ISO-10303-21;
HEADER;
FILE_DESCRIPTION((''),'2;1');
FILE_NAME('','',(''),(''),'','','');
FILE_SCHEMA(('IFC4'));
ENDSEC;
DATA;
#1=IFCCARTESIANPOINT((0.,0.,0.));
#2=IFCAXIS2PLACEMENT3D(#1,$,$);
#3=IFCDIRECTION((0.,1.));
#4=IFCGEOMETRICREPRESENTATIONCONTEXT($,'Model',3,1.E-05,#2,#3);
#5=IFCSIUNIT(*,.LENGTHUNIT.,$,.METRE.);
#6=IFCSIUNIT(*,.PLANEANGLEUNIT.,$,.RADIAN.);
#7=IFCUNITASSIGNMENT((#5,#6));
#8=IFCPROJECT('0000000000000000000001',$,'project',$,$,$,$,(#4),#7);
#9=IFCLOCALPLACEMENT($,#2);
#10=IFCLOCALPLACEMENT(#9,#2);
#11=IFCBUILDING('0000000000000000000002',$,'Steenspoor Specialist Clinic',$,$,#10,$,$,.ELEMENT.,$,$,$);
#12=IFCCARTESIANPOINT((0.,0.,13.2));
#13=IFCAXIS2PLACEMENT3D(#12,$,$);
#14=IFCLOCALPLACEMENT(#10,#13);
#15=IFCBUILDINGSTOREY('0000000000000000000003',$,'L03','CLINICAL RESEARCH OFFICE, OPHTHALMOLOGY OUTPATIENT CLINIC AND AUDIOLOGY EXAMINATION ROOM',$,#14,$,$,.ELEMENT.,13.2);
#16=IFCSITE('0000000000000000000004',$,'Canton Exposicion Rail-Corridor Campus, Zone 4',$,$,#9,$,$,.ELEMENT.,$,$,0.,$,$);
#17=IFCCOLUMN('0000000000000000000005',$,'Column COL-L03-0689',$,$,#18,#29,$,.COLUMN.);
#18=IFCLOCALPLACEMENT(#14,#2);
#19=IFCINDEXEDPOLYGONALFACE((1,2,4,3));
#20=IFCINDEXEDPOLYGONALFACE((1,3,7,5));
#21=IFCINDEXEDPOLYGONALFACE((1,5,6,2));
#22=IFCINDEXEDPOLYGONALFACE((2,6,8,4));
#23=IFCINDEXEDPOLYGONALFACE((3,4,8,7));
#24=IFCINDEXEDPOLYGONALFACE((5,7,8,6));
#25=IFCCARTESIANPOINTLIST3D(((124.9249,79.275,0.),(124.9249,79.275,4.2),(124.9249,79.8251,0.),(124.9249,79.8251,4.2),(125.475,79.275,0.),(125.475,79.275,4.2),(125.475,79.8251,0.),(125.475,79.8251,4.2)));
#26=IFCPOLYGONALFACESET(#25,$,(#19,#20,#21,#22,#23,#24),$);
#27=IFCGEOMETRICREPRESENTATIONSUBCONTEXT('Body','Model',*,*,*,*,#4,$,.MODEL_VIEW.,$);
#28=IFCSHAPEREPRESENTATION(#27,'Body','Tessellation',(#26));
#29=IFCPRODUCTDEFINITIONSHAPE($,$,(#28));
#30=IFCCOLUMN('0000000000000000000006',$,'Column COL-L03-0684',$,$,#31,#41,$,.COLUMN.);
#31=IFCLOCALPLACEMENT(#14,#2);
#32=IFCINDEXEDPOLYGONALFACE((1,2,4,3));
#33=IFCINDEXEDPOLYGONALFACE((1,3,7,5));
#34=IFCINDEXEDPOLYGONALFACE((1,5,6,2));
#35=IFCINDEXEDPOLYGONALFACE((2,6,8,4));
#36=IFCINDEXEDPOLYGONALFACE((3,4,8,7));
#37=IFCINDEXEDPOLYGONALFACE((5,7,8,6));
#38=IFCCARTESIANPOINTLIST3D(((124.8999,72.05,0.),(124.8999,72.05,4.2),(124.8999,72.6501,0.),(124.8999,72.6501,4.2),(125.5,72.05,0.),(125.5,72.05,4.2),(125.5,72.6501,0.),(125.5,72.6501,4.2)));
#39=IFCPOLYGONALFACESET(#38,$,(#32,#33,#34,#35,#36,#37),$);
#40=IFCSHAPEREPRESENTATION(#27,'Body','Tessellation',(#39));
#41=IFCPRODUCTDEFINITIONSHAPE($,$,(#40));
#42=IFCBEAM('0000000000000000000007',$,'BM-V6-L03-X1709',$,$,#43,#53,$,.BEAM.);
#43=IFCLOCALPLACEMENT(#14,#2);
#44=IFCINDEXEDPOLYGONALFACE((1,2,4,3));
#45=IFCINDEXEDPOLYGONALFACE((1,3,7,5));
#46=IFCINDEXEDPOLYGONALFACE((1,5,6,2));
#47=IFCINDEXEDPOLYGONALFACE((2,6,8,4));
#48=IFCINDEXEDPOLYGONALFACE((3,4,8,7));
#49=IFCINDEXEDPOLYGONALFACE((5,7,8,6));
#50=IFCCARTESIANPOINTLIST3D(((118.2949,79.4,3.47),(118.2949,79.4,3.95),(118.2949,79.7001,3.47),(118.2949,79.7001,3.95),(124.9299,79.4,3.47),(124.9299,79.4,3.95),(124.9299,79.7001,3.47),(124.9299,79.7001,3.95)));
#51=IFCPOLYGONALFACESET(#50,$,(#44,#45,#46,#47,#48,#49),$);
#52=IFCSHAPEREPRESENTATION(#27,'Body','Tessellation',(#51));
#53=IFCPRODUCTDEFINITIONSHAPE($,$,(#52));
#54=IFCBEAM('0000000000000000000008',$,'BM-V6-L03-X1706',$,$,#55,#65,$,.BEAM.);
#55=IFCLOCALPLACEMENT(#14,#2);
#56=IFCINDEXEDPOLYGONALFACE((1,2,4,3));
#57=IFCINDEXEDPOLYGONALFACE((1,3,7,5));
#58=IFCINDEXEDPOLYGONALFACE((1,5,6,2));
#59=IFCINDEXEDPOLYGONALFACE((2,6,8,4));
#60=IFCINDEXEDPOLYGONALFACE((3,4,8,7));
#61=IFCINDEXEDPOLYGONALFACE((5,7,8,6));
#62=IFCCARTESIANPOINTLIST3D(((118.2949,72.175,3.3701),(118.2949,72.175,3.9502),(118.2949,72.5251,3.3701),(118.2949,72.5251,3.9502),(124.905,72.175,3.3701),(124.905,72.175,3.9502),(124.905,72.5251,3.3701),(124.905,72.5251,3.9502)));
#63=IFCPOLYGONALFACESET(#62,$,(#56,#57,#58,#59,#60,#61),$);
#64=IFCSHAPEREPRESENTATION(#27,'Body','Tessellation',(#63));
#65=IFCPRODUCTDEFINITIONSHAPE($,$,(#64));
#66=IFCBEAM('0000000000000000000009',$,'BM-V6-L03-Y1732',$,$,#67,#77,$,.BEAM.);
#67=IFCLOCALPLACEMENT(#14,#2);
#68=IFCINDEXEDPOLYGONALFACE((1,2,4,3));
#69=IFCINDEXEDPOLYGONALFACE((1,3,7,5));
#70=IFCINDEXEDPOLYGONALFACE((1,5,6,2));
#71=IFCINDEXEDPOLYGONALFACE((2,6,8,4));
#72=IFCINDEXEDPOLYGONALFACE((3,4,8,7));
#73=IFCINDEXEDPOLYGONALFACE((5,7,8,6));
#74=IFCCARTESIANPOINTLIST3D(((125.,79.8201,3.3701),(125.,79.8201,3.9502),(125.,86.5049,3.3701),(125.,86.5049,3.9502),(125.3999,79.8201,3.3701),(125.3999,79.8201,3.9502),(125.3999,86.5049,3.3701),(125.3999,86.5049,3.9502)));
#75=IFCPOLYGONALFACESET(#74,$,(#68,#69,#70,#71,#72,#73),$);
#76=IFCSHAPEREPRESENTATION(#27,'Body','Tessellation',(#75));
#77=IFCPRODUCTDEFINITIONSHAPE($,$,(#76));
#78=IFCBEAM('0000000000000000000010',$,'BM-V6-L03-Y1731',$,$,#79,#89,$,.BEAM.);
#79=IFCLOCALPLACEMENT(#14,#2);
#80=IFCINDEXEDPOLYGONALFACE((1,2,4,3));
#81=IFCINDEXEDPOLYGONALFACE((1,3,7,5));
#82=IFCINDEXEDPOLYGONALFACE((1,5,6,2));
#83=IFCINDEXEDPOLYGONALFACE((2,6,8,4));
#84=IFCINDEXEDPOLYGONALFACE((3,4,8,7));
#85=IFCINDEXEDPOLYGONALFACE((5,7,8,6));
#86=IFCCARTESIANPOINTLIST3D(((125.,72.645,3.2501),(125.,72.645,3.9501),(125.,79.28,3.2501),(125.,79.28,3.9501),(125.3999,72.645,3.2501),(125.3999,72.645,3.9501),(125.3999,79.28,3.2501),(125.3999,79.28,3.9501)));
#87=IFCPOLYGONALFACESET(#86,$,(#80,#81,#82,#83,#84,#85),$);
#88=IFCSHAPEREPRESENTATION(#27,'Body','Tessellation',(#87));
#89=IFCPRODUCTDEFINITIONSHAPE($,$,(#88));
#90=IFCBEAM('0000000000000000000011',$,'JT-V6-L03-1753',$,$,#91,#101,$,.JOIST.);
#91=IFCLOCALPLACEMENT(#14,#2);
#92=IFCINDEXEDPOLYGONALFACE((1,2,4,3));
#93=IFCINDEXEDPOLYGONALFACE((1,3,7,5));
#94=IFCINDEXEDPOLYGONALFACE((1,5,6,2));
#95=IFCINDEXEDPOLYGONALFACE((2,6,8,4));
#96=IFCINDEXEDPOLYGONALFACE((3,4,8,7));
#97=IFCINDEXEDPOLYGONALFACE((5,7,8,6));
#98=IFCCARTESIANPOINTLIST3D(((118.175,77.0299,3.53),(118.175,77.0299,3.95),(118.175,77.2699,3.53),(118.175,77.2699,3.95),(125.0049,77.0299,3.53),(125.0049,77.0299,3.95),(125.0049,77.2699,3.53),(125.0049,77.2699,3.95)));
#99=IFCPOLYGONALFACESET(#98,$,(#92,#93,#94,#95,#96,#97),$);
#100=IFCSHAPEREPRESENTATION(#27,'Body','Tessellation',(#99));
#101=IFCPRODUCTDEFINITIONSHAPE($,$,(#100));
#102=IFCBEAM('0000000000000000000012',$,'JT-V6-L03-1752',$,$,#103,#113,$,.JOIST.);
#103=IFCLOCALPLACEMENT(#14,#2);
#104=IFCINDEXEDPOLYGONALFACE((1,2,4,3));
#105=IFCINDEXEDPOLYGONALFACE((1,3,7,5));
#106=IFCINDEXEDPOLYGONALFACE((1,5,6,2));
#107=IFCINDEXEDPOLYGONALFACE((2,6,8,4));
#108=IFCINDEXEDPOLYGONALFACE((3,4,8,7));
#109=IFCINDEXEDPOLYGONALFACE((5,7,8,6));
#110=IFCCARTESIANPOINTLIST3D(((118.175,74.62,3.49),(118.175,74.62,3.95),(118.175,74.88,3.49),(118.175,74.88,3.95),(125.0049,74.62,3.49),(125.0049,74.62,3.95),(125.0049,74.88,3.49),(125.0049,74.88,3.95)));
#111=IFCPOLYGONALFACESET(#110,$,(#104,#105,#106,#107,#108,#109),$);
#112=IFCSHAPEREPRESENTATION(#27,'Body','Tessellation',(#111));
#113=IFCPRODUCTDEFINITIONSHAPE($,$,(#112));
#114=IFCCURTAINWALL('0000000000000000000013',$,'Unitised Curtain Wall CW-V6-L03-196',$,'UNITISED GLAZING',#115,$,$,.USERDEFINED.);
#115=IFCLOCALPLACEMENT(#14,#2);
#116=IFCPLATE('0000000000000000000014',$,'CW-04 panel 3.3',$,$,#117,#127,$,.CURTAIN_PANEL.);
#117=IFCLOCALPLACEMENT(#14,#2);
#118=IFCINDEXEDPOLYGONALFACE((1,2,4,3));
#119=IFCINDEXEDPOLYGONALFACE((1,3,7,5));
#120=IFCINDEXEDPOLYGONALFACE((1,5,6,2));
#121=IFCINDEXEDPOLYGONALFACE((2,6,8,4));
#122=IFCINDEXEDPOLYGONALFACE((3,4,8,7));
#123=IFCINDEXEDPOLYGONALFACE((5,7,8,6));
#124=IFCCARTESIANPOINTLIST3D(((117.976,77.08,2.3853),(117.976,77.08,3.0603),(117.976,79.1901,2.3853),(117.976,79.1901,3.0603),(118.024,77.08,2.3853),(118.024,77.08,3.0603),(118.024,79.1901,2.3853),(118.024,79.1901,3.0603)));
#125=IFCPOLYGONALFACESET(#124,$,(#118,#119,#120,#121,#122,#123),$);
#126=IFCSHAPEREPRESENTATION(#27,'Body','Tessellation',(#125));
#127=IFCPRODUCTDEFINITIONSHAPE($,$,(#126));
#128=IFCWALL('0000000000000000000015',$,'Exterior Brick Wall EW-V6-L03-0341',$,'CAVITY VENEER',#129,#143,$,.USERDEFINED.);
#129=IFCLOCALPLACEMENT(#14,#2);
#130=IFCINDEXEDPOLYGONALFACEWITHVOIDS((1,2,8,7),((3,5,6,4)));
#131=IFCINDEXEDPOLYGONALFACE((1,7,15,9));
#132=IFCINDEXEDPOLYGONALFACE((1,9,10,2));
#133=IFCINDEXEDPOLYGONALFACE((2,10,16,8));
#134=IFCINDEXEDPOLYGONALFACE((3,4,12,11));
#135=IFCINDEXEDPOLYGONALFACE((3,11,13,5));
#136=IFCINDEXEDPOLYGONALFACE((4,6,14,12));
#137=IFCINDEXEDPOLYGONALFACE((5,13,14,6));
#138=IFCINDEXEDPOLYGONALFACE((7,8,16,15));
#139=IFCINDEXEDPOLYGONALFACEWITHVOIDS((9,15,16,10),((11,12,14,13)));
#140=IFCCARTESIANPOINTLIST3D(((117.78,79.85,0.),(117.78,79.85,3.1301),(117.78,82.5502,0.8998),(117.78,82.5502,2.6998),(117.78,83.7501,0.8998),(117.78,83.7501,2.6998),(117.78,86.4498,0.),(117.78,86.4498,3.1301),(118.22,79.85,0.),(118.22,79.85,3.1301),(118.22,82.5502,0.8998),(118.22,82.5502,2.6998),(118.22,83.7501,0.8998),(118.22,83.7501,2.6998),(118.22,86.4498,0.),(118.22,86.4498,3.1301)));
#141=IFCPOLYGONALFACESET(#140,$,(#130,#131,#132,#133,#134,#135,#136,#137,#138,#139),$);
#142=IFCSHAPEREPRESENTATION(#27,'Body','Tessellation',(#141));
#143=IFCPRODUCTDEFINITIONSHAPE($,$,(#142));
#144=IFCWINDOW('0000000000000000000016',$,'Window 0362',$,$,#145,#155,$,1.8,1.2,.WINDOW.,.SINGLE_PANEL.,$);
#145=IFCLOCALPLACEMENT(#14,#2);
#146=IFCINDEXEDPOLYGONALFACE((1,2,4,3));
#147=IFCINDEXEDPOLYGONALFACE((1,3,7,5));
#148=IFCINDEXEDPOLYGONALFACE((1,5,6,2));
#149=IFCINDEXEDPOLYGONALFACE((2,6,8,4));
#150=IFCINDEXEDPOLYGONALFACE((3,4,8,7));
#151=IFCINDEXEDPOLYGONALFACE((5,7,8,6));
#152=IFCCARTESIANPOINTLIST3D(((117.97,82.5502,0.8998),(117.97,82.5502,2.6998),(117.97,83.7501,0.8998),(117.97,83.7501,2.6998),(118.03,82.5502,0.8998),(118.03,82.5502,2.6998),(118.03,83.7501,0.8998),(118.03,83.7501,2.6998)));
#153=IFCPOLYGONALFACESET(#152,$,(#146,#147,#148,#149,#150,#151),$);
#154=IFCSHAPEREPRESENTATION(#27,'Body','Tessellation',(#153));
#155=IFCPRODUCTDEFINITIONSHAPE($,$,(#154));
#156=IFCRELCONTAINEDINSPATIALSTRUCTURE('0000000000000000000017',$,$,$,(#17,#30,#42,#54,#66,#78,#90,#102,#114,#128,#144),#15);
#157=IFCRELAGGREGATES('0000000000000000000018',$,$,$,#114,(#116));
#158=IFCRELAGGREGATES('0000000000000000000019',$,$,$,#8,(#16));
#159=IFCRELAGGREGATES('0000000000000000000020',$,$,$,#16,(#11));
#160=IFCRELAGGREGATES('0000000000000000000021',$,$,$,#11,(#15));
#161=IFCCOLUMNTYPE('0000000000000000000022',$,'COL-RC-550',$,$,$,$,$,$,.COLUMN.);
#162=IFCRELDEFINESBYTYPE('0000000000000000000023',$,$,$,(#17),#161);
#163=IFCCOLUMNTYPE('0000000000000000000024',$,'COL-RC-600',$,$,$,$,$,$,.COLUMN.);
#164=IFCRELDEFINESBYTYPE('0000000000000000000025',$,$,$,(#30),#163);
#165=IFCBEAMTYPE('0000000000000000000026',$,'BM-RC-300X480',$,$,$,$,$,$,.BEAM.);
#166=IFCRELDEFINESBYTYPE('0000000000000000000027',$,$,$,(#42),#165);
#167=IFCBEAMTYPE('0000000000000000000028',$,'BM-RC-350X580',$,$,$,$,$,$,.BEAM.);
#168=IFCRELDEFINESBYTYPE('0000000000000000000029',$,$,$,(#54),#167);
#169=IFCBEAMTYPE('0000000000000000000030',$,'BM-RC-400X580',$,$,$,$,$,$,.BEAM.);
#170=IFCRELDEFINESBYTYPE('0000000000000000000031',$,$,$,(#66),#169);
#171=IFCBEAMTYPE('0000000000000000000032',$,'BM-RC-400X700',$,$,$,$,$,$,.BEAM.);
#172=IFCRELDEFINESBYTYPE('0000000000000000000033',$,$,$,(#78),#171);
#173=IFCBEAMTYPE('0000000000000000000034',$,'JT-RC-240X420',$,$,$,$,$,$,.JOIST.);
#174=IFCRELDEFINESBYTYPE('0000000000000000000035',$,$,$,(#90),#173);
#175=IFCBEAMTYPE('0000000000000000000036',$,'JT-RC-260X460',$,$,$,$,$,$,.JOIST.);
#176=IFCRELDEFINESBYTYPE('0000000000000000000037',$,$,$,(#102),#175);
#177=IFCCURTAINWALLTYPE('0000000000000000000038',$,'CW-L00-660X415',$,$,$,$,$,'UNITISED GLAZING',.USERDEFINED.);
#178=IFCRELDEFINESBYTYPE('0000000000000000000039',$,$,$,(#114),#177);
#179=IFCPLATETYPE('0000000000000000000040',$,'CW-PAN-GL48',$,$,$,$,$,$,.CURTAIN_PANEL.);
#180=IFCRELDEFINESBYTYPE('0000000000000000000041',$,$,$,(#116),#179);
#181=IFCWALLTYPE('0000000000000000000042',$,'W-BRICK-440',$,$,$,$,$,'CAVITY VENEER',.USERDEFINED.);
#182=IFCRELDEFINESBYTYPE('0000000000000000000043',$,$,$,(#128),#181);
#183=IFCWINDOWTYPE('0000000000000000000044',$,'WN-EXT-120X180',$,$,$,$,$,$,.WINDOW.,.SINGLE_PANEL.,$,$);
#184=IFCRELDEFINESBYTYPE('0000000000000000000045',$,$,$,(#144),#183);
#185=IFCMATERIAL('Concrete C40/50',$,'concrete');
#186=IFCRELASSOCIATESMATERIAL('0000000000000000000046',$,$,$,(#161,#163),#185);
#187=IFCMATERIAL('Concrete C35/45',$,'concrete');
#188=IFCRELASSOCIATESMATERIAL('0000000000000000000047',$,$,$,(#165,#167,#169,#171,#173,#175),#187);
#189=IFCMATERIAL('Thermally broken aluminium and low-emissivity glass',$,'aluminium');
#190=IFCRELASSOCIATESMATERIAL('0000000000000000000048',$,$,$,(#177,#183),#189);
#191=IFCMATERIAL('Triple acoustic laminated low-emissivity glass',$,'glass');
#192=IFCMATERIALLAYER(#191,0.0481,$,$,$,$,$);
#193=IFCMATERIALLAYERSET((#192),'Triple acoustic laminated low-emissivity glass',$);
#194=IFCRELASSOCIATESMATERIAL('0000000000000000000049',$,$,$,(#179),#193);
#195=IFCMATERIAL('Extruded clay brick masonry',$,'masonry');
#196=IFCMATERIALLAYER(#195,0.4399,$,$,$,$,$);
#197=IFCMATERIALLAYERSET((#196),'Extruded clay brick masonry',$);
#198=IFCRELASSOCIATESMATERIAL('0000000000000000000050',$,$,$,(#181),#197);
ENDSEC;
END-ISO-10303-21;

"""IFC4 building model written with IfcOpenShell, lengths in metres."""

from ifc_helpers import new_model, si_unit, direction, frame, frame_2d, origin, origin_2d, place, context, subcontext, project, spatial, rectangle, extrude, material, layer, layer_set, material_profile, profile_set, type_object, element, fill, aggregate, save


model = new_model("IFC4")

# Units and contexts
model_context = context("Model", 3, precision=1e-05, world=origin(), true_north=direction((0.0, 1.0)))
body_context = subcontext(model_context, "Body", "Model", "MODEL_VIEW")
ifc_project = project(units=[si_unit("LENGTHUNIT", "METRE"), si_unit("PLANEANGLEUNIT", "RADIAN")], contexts=[model_context])

# Site, building, storey
site_placement = place(None, origin())
site = spatial("IfcSite", under=ifc_project, at=site_placement, Name="Canton Exposicion Rail-Corridor Campus, Zone 4", CompositionType="ELEMENT", RefElevation=0.0)
building_placement = place(site_placement, origin())
building = spatial("IfcBuilding", under=site, at=building_placement, Name="Steenspoor Specialist Clinic", CompositionType="ELEMENT")
storey_placement = place(building_placement, frame((0.0, 0.0, 13.2)))
storey = spatial("IfcBuildingStorey", under=building, at=storey_placement, Name="L03", Description="CLINICAL RESEARCH OFFICE, OPHTHALMOLOGY OUTPATIENT CLINIC AND AUDIOLOGY EXAMINATION ROOM", CompositionType="ELEMENT", Elevation=13.2)

# Columns
ifc_material_1 = material(Name="Concrete C40/50", Category="concrete")
ifc_material_profile_1 = material_profile(ifc_material_1, rectangle(XDim=0.55, YDim=0.55, at=origin_2d()), Name="RC-COL-550X550")
ifc_profile_set_1 = profile_set([ifc_material_profile_1], Name="Concrete C40/50")
column_type_1 = type_object("IfcColumnType", Name="COL-RC-550", PredefinedType="COLUMN", material=ifc_profile_set_1)
column_1_placement = place(storey_placement, frame((125.2, 79.55, 0.0), z_axis=(0.0, 0.0, 1.0), x_axis=(1.0, 0.0, 0.0)))
element("IfcColumn", 1, at=column_1_placement, inside=storey, type_object=column_type_1, Name="Column COL-L03-0689", PredefinedType="COLUMN", context=body_context, shape_type="SweptSolid", body=[
    extrude(rectangle(XDim=0.55, YDim=0.55, at=origin_2d()), origin(), (0.0, 0.0, 1.0), 4.2),
])
ifc_material_profile_2 = material_profile(ifc_material_1, rectangle(XDim=0.6001, YDim=0.6001, at=origin_2d()), Name="RC-COL-600X600")
ifc_profile_set_2 = profile_set([ifc_material_profile_2], Name="Concrete C40/50")
column_type_2 = type_object("IfcColumnType", Name="COL-RC-600", PredefinedType="COLUMN", material=ifc_profile_set_2)
column_2_placement = place(storey_placement, frame((125.2, 72.3501, 0.0), z_axis=(0.0, 0.0, 1.0), x_axis=(1.0, 0.0, 0.0)))
element("IfcColumn", 2, at=column_2_placement, inside=storey, type_object=column_type_2, Name="Column COL-L03-0684", PredefinedType="COLUMN", context=body_context, shape_type="SweptSolid", body=[
    extrude(rectangle(XDim=0.6001, YDim=0.6001, at=origin_2d()), origin(), (0.0, 0.0, 1.0), 4.2),
])

# Beams
ifc_material_2 = material(Name="Concrete C35/45", Category="concrete")
ifc_material_profile_3 = material_profile(ifc_material_2, rectangle(XDim=0.3, YDim=0.48, at=origin_2d()), Name="RC-BM-300X480")
ifc_profile_set_3 = profile_set([ifc_material_profile_3], Name="Concrete C35/45")
beam_type_1 = type_object("IfcBeamType", Name="BM-RC-300X480", PredefinedType="BEAM", material=ifc_profile_set_3)
beam_1_placement = place(storey_placement, frame((118.2949, 79.55, 3.71), z_axis=(1.0, 0.0, 0.0), x_axis=(0.0, 1.0, 0.0)))
element("IfcBeam", 3, at=beam_1_placement, inside=storey, type_object=beam_type_1, Name="BM-V6-L03-X1709", PredefinedType="BEAM", context=body_context, shape_type="SweptSolid", body=[
    extrude(rectangle(XDim=0.3, YDim=0.48, at=origin_2d()), origin(), (0.0, 0.0, 1.0), 6.635),
])
ifc_material_profile_4 = material_profile(ifc_material_2, rectangle(XDim=0.3501, YDim=0.5801, at=origin_2d()), Name="RC-BM-350X580")
ifc_profile_set_4 = profile_set([ifc_material_profile_4], Name="Concrete C35/45")
beam_type_2 = type_object("IfcBeamType", Name="BM-RC-350X580", PredefinedType="BEAM", material=ifc_profile_set_4)
beam_2_placement = place(storey_placement, frame((118.2949, 72.3501, 3.6602), z_axis=(1.0, 0.0, 0.0), x_axis=(0.0, 1.0, 0.0)))
element("IfcBeam", 4, at=beam_2_placement, inside=storey, type_object=beam_type_2, Name="BM-V6-L03-X1706", PredefinedType="BEAM", context=body_context, shape_type="SweptSolid", body=[
    extrude(rectangle(XDim=0.3501, YDim=0.5801, at=origin_2d()), origin(), (0.0, 0.0, 1.0), 6.6101),
])
ifc_material_profile_5 = material_profile(ifc_material_2, rectangle(XDim=0.3999, YDim=0.5801, at=origin_2d()), Name="RC-BM-400X580")
ifc_profile_set_5 = profile_set([ifc_material_profile_5], Name="Concrete C35/45")
beam_type_3 = type_object("IfcBeamType", Name="BM-RC-400X580", PredefinedType="BEAM", material=ifc_profile_set_5)
beam_3_placement = place(storey_placement, frame((125.2, 79.8201, 3.6602), z_axis=(0.0, 1.0, 0.0), x_axis=(-1.0, 0.0, 0.0)))
element("IfcBeam", 5, at=beam_3_placement, inside=storey, type_object=beam_type_3, Name="BM-V6-L03-Y1732", PredefinedType="BEAM", context=body_context, shape_type="SweptSolid", body=[
    extrude(rectangle(XDim=0.3999, YDim=0.5801, at=origin_2d()), origin(), (0.0, 0.0, 1.0), 6.6848),
])
ifc_material_profile_6 = material_profile(ifc_material_2, rectangle(XDim=0.3999, YDim=0.7, at=origin_2d()), Name="RC-BM-400X700")
ifc_profile_set_6 = profile_set([ifc_material_profile_6], Name="Concrete C35/45")
beam_type_4 = type_object("IfcBeamType", Name="BM-RC-400X700", PredefinedType="BEAM", material=ifc_profile_set_6)
beam_4_placement = place(storey_placement, frame((125.2, 72.645, 3.6001), z_axis=(0.0, 1.0, 0.0), x_axis=(-1.0, 0.0, 0.0)))
element("IfcBeam", 6, at=beam_4_placement, inside=storey, type_object=beam_type_4, Name="BM-V6-L03-Y1731", PredefinedType="BEAM", context=body_context, shape_type="SweptSolid", body=[
    extrude(rectangle(XDim=0.3999, YDim=0.7, at=origin_2d()), origin(), (0.0, 0.0, 1.0), 6.635),
])
ifc_material_profile_7 = material_profile(ifc_material_2, rectangle(XDim=0.24, YDim=0.4199, at=origin_2d()), Name="RC-JT-240X420")
ifc_profile_set_7 = profile_set([ifc_material_profile_7], Name="Concrete C35/45")
beam_type_5 = type_object("IfcBeamType", Name="JT-RC-240X420", PredefinedType="JOIST", material=ifc_profile_set_7)
beam_5_placement = place(storey_placement, frame((118.175, 77.1499, 3.74), z_axis=(1.0, 0.0, 0.0), x_axis=(0.0, 1.0, 0.0)))
element("IfcBeam", 7, at=beam_5_placement, inside=storey, type_object=beam_type_5, Name="JT-V6-L03-1753", PredefinedType="JOIST", context=body_context, shape_type="SweptSolid", body=[
    extrude(rectangle(XDim=0.24, YDim=0.4199, at=origin_2d()), origin(), (0.0, 0.0, 1.0), 6.8298),
])
ifc_material_profile_8 = material_profile(ifc_material_2, rectangle(XDim=0.26, YDim=0.46, at=origin_2d()), Name="RC-JT-260X460")
ifc_profile_set_8 = profile_set([ifc_material_profile_8], Name="Concrete C35/45")
beam_type_6 = type_object("IfcBeamType", Name="JT-RC-260X460", PredefinedType="JOIST", material=ifc_profile_set_8)
beam_6_placement = place(storey_placement, frame((118.175, 74.75, 3.72), z_axis=(1.0, 0.0, 0.0), x_axis=(0.0, 1.0, 0.0)))
element("IfcBeam", 8, at=beam_6_placement, inside=storey, type_object=beam_type_6, Name="JT-V6-L03-1752", PredefinedType="JOIST", context=body_context, shape_type="SweptSolid", body=[
    extrude(rectangle(XDim=0.26, YDim=0.46, at=origin_2d()), origin(), (0.0, 0.0, 1.0), 6.8298),
])

# Curtain wall, plate
ifc_material_3 = material(Name="Thermally broken aluminium and low-emissivity glass", Category="aluminium")
curtain_wall_type = type_object("IfcCurtainWallType", Name="CW-L00-660X415", ElementType="UNITISED GLAZING", PredefinedType="USERDEFINED", material=ifc_material_3)
curtain_wall_placement = place(storey_placement, origin())
curtain_wall = element("IfcCurtainWall", 9, at=curtain_wall_placement, inside=storey, type_object=curtain_wall_type, Name="Unitised Curtain Wall CW-V6-L03-196", ObjectType="UNITISED GLAZING", PredefinedType="USERDEFINED")
ifc_material_4 = material(Name="Triple acoustic laminated low-emissivity glass", Category="glass")
ifc_layer_1 = layer(ifc_material_4, 0.0481)
ifc_layer_set_1 = layer_set([ifc_layer_1], Name="Triple acoustic laminated low-emissivity glass")
plate_type = type_object("IfcPlateType", Name="CW-PAN-GL48", PredefinedType="CURTAIN_PANEL", material=ifc_layer_set_1)
plate_placement = place(storey_placement, frame((118.0, 78.135, 2.3853), z_axis=(0.0, 0.0, 1.0), x_axis=(0.0, 1.0, 0.0)))
plate = element("IfcPlate", 10, at=plate_placement, type_object=plate_type, Name="CW-04 panel 3.3", PredefinedType="CURTAIN_PANEL", context=body_context, shape_type="SweptSolid", body=[
    extrude(rectangle(XDim=2.1101, YDim=0.0481, at=origin_2d()), origin(), (0.0, 0.0, 1.0), 0.675),
])
aggregate(curtain_wall, [plate])

# Wall, opening, window
ifc_material_5 = material(Name="Extruded clay brick masonry", Category="masonry")
ifc_layer_2 = layer(ifc_material_5, 0.4399)
ifc_layer_set_2 = layer_set([ifc_layer_2], Name="Extruded clay brick masonry")
wall_type_1 = type_object("IfcWallType", Name="W-BRICK-440", ElementType="CAVITY VENEER", PredefinedType="USERDEFINED", material=ifc_layer_set_2)
wall_1_placement = place(storey_placement, frame((118.0, 79.8501, 0.0), z_axis=(0.0, 0.0, 1.0), x_axis=(0.0, 1.0, 0.0)))
wall_1 = element("IfcWall", 11, at=wall_1_placement, inside=storey, type_object=wall_type_1, Name="Exterior Brick Wall EW-V6-L03-0341", ObjectType="CAVITY VENEER", PredefinedType="USERDEFINED", context=body_context, shape_type="SweptSolid", body=[
    extrude(rectangle(XDim=6.5999, YDim=0.4399, at=frame_2d((3.2998, 0.0))), origin(), (0.0, 0.0, 1.0), 3.1301),
])
opening_1_placement = place(wall_1_placement, frame((2.7, 0.0, 0.8999)))
opening_1 = element("IfcOpeningElement", 12, at=opening_1_placement, cuts=wall_1, PredefinedType="OPENING", context=body_context, shape_type="SweptSolid", body=[
    extrude(rectangle(XDim=1.2, YDim=1.8, at=frame_2d((0.6001, 0.8999))), frame((0.0, 0.23, 0.0), z_axis=(0.0, -1.0, 0.0), x_axis=(1.0, 0.0, 0.0)), (0.0, 0.0, 1.0), 0.46),
])
window_type = type_object("IfcWindowType", Name="WN-EXT-120X180", PartitioningType="SINGLE_PANEL", PredefinedType="WINDOW", material=ifc_material_3)
window_placement = place(opening_1_placement, origin())
window = element("IfcWindow", 13, at=window_placement, inside=storey, type_object=window_type, Name="Window 0362", OverallHeight=1.8, OverallWidth=1.2, PartitioningType="SINGLE_PANEL", PredefinedType="WINDOW", context=body_context, shape_type="SweptSolid", body=[
    extrude(rectangle(XDim=1.2, YDim=1.8, at=frame_2d((0.6001, 0.8999))), frame((0.0, 0.03, 0.0), z_axis=(0.0, -1.0, 0.0), x_axis=(1.0, 0.0, 0.0)), (0.0, 0.0, 1.0), 0.0601),
])
fill(opening_1, window)

save(model, "model.ifc")
